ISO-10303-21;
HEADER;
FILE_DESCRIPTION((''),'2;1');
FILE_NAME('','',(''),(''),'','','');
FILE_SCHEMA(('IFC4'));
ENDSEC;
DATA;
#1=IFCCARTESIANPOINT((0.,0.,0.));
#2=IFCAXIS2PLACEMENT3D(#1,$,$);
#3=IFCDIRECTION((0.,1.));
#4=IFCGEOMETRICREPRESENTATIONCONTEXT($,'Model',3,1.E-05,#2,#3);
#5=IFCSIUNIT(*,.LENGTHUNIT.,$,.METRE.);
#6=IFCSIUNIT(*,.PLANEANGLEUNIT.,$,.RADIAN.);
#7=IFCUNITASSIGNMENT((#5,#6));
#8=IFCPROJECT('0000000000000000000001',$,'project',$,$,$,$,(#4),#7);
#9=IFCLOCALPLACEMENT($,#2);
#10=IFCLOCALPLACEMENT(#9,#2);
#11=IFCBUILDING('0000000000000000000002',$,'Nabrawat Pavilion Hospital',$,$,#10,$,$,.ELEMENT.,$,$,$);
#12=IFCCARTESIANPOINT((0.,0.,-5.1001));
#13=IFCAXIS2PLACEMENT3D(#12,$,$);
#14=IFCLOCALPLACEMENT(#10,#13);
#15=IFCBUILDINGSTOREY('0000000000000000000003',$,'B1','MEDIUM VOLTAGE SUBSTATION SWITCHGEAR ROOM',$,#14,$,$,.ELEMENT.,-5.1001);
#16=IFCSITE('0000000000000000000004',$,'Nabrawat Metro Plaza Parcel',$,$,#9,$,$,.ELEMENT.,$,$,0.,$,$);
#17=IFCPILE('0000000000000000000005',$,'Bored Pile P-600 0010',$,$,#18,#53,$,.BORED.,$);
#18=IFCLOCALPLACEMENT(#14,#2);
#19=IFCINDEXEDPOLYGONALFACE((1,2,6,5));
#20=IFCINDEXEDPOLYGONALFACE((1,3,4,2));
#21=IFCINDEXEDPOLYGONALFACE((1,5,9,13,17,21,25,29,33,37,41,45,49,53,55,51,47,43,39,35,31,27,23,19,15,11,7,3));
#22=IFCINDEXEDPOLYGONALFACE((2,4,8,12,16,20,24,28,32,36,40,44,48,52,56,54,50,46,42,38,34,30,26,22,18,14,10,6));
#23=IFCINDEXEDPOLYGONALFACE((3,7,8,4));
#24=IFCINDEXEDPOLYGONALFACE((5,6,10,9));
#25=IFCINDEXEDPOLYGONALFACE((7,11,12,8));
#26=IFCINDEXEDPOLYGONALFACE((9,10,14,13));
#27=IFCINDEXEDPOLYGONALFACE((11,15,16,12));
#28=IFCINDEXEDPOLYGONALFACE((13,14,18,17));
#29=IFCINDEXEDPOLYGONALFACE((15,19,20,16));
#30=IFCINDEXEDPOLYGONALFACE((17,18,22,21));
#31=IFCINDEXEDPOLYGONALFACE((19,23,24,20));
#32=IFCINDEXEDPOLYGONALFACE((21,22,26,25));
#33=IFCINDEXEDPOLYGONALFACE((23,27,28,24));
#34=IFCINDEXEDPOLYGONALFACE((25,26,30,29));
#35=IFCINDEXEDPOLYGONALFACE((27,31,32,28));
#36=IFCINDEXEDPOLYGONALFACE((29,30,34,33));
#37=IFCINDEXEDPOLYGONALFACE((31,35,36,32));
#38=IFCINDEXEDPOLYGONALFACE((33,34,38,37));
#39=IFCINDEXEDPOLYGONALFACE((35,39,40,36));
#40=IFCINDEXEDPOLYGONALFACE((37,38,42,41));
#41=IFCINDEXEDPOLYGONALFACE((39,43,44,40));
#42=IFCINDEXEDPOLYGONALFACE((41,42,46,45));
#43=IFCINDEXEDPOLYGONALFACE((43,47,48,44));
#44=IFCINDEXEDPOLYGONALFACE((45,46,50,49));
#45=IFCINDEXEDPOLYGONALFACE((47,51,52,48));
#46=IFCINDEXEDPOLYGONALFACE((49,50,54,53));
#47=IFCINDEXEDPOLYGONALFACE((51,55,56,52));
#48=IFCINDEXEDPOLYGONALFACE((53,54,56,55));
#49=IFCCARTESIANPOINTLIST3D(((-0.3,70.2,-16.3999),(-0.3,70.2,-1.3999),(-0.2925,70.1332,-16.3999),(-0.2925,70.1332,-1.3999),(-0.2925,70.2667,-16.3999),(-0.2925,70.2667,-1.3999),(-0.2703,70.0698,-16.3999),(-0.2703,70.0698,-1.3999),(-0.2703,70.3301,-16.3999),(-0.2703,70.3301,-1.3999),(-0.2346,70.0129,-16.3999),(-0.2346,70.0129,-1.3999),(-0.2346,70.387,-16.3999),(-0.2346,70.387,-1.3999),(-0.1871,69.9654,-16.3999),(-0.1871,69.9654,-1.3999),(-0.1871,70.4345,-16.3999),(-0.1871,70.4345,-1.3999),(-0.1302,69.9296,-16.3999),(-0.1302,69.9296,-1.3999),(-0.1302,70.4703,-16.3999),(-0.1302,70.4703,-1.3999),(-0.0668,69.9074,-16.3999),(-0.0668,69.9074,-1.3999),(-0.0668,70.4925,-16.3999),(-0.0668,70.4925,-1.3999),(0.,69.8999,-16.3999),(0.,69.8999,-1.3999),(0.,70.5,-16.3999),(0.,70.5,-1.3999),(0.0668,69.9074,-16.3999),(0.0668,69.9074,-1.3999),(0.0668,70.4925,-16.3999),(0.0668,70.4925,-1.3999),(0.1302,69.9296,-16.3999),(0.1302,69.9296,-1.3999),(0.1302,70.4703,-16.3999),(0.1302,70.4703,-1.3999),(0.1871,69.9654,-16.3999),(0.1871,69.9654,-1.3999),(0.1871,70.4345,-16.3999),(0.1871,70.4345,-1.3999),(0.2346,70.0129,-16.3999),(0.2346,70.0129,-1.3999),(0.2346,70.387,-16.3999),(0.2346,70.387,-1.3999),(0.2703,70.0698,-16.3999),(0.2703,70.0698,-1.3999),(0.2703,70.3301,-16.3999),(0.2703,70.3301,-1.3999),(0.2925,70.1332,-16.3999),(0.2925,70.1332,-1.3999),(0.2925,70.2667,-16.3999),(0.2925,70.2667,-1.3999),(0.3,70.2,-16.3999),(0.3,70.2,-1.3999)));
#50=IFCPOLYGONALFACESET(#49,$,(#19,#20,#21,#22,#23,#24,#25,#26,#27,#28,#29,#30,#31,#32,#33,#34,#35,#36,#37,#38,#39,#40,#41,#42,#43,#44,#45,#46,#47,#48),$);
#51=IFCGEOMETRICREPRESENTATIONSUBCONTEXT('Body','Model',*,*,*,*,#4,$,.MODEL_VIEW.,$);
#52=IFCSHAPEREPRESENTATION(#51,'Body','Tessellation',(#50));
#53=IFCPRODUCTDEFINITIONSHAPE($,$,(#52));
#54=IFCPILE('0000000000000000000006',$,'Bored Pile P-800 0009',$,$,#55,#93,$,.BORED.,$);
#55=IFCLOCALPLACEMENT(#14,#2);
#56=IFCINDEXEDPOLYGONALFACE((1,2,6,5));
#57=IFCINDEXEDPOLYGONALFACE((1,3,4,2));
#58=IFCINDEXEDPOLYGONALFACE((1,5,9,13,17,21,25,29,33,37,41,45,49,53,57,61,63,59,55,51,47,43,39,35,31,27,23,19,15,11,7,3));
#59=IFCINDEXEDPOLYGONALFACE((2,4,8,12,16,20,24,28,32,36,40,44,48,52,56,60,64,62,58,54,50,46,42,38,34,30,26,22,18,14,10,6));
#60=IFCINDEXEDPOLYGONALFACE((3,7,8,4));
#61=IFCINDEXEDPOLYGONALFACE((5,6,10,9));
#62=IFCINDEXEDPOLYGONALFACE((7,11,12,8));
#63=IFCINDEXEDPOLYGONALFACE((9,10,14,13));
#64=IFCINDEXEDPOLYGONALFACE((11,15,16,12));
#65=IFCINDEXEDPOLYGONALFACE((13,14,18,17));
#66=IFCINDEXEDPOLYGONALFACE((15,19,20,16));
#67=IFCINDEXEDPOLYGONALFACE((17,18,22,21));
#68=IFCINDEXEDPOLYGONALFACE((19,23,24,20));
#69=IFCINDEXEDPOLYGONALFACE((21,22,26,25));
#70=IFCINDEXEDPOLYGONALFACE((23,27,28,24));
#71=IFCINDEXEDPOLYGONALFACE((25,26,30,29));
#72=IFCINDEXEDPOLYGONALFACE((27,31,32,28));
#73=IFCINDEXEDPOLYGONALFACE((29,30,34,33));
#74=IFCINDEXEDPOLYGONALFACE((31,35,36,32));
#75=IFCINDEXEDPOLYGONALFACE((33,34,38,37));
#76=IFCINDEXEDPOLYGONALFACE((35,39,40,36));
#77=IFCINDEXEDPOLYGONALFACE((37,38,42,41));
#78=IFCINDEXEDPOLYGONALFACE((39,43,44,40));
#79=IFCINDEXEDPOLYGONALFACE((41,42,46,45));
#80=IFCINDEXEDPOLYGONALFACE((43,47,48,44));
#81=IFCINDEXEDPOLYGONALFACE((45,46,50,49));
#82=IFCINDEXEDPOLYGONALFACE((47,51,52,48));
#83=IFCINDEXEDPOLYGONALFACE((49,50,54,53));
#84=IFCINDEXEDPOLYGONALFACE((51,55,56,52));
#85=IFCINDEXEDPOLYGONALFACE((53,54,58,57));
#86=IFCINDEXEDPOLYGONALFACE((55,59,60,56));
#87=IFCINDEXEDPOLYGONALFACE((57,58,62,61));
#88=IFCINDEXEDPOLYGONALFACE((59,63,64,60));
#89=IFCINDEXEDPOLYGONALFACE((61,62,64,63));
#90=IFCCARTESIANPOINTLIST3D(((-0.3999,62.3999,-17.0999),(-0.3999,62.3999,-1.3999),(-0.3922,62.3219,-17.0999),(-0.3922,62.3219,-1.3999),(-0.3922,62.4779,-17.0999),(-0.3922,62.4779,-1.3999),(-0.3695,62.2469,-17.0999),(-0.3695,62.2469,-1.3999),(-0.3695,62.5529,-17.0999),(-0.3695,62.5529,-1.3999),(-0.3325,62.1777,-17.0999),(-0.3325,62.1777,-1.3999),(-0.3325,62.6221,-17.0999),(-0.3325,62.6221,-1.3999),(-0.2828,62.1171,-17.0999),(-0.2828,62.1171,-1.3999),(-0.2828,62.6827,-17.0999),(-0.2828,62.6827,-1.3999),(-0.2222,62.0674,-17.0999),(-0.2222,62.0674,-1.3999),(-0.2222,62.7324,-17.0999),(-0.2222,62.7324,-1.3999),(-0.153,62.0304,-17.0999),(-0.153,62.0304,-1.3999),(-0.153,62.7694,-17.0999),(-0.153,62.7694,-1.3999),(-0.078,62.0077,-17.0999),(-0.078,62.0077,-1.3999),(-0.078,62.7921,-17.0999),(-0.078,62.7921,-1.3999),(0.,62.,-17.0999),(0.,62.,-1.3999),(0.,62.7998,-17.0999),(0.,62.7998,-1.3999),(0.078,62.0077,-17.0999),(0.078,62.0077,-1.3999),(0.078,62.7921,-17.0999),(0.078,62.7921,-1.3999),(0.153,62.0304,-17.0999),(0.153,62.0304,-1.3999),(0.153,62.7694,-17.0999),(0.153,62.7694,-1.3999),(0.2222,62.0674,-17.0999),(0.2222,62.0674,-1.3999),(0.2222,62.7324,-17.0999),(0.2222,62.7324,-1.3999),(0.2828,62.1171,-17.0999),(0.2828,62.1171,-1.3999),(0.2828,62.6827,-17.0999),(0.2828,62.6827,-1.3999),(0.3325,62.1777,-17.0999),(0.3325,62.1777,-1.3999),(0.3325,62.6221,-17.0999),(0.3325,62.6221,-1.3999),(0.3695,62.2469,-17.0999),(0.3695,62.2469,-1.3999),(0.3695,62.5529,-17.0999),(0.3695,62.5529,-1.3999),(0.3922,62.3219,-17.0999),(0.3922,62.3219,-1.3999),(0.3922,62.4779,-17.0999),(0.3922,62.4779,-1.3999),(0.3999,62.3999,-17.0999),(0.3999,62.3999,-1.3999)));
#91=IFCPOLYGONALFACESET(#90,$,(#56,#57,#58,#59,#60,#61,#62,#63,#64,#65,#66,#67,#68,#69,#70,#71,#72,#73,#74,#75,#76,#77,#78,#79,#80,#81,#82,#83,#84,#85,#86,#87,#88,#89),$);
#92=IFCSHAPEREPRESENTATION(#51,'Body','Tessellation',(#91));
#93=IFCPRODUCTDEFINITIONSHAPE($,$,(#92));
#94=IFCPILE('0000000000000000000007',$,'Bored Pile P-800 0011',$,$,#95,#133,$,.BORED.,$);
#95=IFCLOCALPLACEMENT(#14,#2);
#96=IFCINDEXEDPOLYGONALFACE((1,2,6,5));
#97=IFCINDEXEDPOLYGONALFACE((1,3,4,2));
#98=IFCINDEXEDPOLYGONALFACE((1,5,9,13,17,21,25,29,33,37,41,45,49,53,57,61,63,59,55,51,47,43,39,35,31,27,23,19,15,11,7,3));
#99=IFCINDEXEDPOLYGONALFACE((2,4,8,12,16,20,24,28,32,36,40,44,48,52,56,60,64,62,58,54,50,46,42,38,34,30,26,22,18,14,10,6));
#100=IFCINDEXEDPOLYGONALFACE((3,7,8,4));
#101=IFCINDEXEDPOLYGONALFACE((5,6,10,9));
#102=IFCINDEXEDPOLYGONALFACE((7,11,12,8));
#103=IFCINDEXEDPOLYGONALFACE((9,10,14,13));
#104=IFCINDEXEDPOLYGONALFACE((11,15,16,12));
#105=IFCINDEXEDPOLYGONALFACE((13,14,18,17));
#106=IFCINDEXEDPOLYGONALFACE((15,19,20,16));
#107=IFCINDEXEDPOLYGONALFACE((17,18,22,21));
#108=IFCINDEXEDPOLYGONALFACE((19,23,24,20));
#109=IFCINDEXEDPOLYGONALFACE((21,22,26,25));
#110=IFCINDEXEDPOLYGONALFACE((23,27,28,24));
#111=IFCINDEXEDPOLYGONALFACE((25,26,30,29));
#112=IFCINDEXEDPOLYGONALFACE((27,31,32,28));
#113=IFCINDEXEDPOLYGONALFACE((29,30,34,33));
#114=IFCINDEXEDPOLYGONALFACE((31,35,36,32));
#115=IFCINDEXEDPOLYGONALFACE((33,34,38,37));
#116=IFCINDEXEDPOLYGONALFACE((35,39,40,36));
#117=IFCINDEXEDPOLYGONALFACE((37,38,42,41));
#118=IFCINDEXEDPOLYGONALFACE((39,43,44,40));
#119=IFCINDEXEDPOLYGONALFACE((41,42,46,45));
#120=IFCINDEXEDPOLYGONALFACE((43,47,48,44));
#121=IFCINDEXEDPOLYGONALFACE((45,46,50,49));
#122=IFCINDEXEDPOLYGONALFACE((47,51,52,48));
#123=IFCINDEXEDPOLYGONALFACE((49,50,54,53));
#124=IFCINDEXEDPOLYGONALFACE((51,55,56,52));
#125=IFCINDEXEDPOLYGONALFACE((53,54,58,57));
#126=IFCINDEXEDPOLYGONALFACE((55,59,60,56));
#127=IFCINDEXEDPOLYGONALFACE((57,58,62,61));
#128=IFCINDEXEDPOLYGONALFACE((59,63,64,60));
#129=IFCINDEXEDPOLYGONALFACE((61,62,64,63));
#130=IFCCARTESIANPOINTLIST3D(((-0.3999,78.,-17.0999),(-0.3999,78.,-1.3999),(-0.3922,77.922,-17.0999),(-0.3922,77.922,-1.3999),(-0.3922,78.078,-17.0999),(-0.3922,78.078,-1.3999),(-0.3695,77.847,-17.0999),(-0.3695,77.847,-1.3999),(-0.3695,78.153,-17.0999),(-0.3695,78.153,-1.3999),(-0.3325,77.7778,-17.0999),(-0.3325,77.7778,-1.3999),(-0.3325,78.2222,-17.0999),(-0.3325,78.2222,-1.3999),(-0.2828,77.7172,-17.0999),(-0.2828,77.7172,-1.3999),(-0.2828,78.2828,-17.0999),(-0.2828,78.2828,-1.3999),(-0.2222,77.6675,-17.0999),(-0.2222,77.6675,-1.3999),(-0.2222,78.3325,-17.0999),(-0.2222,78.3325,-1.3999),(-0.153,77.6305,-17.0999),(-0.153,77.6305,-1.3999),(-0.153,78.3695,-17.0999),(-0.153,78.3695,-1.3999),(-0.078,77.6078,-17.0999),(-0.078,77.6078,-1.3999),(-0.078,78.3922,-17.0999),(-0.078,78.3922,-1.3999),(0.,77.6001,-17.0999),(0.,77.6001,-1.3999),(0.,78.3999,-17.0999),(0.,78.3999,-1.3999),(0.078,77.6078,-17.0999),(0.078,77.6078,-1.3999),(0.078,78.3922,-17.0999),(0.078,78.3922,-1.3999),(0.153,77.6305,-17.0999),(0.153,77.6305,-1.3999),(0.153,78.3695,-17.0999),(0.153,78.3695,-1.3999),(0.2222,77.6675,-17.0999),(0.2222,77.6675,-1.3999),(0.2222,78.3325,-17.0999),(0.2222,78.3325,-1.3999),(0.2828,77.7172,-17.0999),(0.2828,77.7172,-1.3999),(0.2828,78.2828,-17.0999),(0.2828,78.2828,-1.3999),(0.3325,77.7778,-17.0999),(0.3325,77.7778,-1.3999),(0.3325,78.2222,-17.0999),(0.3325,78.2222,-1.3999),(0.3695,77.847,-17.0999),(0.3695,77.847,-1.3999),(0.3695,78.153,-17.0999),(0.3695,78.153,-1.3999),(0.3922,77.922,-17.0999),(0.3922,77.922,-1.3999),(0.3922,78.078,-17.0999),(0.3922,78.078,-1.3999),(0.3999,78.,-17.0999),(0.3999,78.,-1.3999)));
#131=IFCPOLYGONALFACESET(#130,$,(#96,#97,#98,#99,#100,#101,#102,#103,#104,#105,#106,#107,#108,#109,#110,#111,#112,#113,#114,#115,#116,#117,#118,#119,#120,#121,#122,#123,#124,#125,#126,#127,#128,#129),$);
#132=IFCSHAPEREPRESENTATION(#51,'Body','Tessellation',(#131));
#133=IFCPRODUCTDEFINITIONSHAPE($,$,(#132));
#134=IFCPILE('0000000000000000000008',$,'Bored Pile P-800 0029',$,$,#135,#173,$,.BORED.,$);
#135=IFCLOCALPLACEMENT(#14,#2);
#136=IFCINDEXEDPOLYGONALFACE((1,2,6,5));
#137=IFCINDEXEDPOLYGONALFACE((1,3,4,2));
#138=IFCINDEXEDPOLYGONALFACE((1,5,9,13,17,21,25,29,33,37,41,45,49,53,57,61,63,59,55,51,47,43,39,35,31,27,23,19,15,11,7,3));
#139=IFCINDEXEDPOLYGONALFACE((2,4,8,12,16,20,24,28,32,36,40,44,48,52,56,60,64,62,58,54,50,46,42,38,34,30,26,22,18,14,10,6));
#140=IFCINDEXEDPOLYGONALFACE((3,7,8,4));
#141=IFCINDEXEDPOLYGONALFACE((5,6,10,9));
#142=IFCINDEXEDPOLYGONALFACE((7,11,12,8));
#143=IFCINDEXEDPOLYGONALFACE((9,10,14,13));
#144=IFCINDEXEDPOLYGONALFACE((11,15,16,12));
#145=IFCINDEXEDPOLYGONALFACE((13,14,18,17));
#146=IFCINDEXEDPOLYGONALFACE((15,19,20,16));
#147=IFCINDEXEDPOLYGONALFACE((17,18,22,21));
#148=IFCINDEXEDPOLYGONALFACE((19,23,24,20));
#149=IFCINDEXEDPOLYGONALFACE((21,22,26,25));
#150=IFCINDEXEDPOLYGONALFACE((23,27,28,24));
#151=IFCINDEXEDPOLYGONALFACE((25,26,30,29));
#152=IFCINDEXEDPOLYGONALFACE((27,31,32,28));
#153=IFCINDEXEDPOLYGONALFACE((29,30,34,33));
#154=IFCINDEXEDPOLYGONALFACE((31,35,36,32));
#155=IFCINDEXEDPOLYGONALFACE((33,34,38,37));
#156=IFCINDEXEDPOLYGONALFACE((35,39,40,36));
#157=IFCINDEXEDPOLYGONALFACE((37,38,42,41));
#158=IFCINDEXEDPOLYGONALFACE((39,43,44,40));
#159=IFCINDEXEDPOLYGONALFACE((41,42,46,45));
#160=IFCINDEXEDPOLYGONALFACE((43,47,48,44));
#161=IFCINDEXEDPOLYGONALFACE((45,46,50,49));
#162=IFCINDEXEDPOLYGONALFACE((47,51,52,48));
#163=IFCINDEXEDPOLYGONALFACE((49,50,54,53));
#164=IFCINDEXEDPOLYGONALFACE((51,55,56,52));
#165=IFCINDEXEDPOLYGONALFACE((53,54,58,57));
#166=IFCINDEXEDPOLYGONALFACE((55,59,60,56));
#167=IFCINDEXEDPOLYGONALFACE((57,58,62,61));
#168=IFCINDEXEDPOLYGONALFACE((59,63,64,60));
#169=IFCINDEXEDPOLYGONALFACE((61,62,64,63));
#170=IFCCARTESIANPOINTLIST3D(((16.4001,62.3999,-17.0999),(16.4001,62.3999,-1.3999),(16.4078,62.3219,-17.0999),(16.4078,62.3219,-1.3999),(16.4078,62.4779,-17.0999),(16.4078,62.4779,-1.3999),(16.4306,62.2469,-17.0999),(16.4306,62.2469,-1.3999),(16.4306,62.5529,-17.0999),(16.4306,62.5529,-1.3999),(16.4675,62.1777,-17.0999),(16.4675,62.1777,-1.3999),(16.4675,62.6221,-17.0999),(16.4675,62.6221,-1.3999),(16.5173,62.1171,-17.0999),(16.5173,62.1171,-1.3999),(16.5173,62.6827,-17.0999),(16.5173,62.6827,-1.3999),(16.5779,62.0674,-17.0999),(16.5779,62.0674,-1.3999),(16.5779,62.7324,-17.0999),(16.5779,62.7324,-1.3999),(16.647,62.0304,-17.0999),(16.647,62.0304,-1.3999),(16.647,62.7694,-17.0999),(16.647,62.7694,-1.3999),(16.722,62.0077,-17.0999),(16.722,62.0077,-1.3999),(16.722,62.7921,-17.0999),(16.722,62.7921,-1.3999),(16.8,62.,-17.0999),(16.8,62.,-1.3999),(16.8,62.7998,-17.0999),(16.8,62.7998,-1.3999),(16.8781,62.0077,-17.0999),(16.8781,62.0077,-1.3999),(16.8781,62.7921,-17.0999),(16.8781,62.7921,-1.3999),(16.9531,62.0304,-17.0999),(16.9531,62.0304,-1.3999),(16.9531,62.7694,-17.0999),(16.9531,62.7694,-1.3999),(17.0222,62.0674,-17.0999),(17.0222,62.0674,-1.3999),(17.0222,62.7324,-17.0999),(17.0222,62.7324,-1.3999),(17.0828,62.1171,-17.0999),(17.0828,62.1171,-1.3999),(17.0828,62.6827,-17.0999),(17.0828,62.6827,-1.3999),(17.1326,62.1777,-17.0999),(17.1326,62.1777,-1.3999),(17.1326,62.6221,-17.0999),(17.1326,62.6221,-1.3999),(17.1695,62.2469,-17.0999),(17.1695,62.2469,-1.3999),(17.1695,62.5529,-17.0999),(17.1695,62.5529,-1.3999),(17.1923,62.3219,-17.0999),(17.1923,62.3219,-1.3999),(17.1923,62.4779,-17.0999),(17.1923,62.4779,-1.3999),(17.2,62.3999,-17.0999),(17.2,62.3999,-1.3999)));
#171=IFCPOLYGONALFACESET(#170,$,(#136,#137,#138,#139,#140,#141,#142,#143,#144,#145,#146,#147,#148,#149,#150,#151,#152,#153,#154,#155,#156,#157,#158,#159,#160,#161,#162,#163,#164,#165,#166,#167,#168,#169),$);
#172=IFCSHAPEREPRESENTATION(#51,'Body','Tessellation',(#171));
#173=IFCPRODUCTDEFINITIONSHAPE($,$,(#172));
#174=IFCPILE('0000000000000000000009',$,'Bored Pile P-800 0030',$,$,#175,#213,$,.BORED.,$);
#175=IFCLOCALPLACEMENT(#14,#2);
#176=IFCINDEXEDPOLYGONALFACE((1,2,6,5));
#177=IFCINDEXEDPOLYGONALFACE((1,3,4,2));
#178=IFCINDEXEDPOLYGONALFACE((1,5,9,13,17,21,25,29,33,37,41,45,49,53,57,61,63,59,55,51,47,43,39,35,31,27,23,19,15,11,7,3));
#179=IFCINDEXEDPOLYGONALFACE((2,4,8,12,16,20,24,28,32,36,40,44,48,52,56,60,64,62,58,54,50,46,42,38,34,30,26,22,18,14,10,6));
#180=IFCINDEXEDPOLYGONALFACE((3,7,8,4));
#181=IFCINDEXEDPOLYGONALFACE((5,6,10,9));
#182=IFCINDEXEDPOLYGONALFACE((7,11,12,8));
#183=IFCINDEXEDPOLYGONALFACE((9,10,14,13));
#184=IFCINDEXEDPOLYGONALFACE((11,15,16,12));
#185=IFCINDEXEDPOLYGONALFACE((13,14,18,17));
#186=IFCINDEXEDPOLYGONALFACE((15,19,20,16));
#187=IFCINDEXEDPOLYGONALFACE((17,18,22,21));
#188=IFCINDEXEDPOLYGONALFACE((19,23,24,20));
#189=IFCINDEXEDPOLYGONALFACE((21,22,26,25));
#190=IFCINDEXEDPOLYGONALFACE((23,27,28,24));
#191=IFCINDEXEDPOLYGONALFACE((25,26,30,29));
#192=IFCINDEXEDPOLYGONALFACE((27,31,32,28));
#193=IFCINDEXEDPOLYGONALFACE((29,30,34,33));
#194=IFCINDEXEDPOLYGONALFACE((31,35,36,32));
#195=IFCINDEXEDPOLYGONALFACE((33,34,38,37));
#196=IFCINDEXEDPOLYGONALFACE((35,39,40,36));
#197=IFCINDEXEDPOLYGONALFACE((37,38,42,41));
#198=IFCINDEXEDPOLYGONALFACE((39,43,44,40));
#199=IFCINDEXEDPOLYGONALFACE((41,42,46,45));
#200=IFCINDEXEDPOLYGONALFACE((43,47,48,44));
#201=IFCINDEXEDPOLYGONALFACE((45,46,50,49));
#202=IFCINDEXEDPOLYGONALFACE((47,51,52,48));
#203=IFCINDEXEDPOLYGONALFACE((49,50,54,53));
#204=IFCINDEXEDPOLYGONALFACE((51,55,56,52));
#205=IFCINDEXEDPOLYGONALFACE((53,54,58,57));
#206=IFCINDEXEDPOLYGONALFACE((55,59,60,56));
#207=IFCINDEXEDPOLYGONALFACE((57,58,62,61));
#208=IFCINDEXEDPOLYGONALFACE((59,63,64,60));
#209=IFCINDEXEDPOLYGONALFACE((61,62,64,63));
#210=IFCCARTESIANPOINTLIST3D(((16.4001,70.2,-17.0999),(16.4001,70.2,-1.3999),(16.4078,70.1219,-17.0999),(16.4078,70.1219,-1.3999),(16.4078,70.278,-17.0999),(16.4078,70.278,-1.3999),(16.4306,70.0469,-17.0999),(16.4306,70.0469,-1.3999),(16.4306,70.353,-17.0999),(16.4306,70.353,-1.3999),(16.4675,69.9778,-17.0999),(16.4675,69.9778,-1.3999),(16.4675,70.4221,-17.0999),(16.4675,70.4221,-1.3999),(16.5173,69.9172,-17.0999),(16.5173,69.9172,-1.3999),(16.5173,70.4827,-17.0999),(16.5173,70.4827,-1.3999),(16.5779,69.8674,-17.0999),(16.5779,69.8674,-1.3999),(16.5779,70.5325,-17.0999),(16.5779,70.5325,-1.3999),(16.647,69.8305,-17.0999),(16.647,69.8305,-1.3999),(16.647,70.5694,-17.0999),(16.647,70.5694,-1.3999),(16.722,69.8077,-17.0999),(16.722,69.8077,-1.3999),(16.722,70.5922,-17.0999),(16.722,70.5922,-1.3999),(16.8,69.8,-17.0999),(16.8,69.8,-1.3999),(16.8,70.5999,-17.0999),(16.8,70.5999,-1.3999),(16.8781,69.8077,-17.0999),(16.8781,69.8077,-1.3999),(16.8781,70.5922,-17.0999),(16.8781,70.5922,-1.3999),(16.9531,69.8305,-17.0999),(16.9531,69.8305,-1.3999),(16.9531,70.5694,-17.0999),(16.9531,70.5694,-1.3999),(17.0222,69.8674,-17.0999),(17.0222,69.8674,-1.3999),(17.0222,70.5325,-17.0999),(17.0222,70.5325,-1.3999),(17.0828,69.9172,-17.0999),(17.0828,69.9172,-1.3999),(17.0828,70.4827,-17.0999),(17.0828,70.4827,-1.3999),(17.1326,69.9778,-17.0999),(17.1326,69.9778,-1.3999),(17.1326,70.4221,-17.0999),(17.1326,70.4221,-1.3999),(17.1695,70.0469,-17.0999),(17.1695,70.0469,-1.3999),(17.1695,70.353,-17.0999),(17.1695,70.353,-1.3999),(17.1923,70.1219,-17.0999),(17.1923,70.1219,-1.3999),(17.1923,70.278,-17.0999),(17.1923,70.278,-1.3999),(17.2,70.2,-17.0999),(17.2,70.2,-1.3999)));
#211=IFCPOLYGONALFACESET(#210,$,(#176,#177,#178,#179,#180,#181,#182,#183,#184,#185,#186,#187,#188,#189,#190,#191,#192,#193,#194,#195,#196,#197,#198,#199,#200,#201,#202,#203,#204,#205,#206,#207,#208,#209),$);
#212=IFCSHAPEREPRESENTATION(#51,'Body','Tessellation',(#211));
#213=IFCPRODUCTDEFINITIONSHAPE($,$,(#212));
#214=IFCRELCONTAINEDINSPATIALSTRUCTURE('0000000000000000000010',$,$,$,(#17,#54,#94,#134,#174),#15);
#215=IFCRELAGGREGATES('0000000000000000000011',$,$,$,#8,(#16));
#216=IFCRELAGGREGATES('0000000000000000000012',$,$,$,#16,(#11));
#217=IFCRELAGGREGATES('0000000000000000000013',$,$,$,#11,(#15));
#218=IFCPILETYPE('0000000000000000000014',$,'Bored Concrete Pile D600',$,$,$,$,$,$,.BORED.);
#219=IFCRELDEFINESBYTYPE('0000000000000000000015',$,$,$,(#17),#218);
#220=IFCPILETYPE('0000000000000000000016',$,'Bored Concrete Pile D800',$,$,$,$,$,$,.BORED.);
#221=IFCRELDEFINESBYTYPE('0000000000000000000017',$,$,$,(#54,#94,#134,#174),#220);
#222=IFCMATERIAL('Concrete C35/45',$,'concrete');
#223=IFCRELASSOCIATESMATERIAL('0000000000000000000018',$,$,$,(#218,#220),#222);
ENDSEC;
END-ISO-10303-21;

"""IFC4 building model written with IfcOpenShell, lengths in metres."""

from ifc_helpers import new_model, si_unit, direction, frame, origin, origin_2d, place, context, subcontext, project, spatial, circle, extrude, material, material_profile, profile_set, type_object, element, save


model = new_model("IFC4")

# Units and contexts
model_context = context("Model", 3, precision=1e-05, world=origin(), true_north=direction((0.0, 1.0)))
body_context = subcontext(model_context, "Body", "Model", "MODEL_VIEW")
ifc_project = project(units=[si_unit("LENGTHUNIT", "METRE"), si_unit("PLANEANGLEUNIT", "RADIAN")], contexts=[model_context])

# Site, building, storey
site_placement = place(None, origin())
site = spatial("IfcSite", under=ifc_project, at=site_placement, Name="Nabrawat Metro Plaza Parcel", CompositionType="ELEMENT", RefElevation=0.0)
building_placement = place(site_placement, origin())
building = spatial("IfcBuilding", under=site, at=building_placement, Name="Nabrawat Pavilion Hospital", CompositionType="ELEMENT")
storey_placement = place(building_placement, frame((0.0, 0.0, -5.1001)))
storey = spatial("IfcBuildingStorey", under=building, at=storey_placement, Name="B1", Description="MEDIUM VOLTAGE SUBSTATION SWITCHGEAR ROOM", CompositionType="ELEMENT", Elevation=-5.1001)

# Piles
ifc_material_1 = material(Name="Concrete C35/45", Category="concrete")
ifc_material_profile_1 = material_profile(ifc_material_1, circle(Radius=0.3, at=origin_2d()), Name="DIA 600")
ifc_profile_set_1 = profile_set([ifc_material_profile_1], Name="Concrete C35/45")
pile_type_1 = type_object("IfcPileType", Name="Bored Concrete Pile D600", PredefinedType="BORED", material=ifc_profile_set_1)
pile_placement = place(storey_placement, frame((0.0, 70.2, -1.3999), z_axis=(0.0, 0.0, -1.0), x_axis=(1.0, 0.0, 0.0)))
element("IfcPile", 1, at=pile_placement, inside=storey, type_object=pile_type_1, Name="Bored Pile P-600 0010", PredefinedType="BORED", context=body_context, shape_type="SweptSolid", body=[
    extrude(circle(Radius=0.3, at=origin_2d()), origin(), (0.0, 0.0, 1.0), 15.0),
])
ifc_material_profile_2 = material_profile(ifc_material_1, circle(Radius=0.3999, at=origin_2d()), Name="DIA 800")
ifc_profile_set_2 = profile_set([ifc_material_profile_2], Name="Concrete C35/45")
pile_type_2 = type_object("IfcPileType", Name="Bored Concrete Pile D800", PredefinedType="BORED", material=ifc_profile_set_2)
for number, where, z_axis, x_axis, name in (
    (2, (0.0, 62.3999, -1.3999), (0.0, 0.0, -1.0), (1.0, 0.0, 0.0), "Bored Pile P-800 0009"),
    (3, (0.0, 78.0, -1.3999), (0.0, 0.0, -1.0), (1.0, 0.0, 0.0), "Bored Pile P-800 0011"),
    (4, (16.8, 62.3999, -1.3999), (0.0, 0.0, -1.0), (1.0, 0.0, 0.0), "Bored Pile P-800 0029"),
    (5, (16.8, 70.2, -1.3999), (0.0, 0.0, -1.0), (1.0, 0.0, 0.0), "Bored Pile P-800 0030"),
):
    element("IfcPile", number, at=place(storey_placement, frame(where, z_axis=z_axis, x_axis=x_axis)), inside=storey, type_object=pile_type_2, Name=name, PredefinedType="BORED", context=body_context, shape_type="SweptSolid", body=[
        extrude(circle(Radius=0.3999, at=origin_2d()), origin(), (0.0, 0.0, 1.0), 15.7),
    ])

save(model, "model.ifc")
